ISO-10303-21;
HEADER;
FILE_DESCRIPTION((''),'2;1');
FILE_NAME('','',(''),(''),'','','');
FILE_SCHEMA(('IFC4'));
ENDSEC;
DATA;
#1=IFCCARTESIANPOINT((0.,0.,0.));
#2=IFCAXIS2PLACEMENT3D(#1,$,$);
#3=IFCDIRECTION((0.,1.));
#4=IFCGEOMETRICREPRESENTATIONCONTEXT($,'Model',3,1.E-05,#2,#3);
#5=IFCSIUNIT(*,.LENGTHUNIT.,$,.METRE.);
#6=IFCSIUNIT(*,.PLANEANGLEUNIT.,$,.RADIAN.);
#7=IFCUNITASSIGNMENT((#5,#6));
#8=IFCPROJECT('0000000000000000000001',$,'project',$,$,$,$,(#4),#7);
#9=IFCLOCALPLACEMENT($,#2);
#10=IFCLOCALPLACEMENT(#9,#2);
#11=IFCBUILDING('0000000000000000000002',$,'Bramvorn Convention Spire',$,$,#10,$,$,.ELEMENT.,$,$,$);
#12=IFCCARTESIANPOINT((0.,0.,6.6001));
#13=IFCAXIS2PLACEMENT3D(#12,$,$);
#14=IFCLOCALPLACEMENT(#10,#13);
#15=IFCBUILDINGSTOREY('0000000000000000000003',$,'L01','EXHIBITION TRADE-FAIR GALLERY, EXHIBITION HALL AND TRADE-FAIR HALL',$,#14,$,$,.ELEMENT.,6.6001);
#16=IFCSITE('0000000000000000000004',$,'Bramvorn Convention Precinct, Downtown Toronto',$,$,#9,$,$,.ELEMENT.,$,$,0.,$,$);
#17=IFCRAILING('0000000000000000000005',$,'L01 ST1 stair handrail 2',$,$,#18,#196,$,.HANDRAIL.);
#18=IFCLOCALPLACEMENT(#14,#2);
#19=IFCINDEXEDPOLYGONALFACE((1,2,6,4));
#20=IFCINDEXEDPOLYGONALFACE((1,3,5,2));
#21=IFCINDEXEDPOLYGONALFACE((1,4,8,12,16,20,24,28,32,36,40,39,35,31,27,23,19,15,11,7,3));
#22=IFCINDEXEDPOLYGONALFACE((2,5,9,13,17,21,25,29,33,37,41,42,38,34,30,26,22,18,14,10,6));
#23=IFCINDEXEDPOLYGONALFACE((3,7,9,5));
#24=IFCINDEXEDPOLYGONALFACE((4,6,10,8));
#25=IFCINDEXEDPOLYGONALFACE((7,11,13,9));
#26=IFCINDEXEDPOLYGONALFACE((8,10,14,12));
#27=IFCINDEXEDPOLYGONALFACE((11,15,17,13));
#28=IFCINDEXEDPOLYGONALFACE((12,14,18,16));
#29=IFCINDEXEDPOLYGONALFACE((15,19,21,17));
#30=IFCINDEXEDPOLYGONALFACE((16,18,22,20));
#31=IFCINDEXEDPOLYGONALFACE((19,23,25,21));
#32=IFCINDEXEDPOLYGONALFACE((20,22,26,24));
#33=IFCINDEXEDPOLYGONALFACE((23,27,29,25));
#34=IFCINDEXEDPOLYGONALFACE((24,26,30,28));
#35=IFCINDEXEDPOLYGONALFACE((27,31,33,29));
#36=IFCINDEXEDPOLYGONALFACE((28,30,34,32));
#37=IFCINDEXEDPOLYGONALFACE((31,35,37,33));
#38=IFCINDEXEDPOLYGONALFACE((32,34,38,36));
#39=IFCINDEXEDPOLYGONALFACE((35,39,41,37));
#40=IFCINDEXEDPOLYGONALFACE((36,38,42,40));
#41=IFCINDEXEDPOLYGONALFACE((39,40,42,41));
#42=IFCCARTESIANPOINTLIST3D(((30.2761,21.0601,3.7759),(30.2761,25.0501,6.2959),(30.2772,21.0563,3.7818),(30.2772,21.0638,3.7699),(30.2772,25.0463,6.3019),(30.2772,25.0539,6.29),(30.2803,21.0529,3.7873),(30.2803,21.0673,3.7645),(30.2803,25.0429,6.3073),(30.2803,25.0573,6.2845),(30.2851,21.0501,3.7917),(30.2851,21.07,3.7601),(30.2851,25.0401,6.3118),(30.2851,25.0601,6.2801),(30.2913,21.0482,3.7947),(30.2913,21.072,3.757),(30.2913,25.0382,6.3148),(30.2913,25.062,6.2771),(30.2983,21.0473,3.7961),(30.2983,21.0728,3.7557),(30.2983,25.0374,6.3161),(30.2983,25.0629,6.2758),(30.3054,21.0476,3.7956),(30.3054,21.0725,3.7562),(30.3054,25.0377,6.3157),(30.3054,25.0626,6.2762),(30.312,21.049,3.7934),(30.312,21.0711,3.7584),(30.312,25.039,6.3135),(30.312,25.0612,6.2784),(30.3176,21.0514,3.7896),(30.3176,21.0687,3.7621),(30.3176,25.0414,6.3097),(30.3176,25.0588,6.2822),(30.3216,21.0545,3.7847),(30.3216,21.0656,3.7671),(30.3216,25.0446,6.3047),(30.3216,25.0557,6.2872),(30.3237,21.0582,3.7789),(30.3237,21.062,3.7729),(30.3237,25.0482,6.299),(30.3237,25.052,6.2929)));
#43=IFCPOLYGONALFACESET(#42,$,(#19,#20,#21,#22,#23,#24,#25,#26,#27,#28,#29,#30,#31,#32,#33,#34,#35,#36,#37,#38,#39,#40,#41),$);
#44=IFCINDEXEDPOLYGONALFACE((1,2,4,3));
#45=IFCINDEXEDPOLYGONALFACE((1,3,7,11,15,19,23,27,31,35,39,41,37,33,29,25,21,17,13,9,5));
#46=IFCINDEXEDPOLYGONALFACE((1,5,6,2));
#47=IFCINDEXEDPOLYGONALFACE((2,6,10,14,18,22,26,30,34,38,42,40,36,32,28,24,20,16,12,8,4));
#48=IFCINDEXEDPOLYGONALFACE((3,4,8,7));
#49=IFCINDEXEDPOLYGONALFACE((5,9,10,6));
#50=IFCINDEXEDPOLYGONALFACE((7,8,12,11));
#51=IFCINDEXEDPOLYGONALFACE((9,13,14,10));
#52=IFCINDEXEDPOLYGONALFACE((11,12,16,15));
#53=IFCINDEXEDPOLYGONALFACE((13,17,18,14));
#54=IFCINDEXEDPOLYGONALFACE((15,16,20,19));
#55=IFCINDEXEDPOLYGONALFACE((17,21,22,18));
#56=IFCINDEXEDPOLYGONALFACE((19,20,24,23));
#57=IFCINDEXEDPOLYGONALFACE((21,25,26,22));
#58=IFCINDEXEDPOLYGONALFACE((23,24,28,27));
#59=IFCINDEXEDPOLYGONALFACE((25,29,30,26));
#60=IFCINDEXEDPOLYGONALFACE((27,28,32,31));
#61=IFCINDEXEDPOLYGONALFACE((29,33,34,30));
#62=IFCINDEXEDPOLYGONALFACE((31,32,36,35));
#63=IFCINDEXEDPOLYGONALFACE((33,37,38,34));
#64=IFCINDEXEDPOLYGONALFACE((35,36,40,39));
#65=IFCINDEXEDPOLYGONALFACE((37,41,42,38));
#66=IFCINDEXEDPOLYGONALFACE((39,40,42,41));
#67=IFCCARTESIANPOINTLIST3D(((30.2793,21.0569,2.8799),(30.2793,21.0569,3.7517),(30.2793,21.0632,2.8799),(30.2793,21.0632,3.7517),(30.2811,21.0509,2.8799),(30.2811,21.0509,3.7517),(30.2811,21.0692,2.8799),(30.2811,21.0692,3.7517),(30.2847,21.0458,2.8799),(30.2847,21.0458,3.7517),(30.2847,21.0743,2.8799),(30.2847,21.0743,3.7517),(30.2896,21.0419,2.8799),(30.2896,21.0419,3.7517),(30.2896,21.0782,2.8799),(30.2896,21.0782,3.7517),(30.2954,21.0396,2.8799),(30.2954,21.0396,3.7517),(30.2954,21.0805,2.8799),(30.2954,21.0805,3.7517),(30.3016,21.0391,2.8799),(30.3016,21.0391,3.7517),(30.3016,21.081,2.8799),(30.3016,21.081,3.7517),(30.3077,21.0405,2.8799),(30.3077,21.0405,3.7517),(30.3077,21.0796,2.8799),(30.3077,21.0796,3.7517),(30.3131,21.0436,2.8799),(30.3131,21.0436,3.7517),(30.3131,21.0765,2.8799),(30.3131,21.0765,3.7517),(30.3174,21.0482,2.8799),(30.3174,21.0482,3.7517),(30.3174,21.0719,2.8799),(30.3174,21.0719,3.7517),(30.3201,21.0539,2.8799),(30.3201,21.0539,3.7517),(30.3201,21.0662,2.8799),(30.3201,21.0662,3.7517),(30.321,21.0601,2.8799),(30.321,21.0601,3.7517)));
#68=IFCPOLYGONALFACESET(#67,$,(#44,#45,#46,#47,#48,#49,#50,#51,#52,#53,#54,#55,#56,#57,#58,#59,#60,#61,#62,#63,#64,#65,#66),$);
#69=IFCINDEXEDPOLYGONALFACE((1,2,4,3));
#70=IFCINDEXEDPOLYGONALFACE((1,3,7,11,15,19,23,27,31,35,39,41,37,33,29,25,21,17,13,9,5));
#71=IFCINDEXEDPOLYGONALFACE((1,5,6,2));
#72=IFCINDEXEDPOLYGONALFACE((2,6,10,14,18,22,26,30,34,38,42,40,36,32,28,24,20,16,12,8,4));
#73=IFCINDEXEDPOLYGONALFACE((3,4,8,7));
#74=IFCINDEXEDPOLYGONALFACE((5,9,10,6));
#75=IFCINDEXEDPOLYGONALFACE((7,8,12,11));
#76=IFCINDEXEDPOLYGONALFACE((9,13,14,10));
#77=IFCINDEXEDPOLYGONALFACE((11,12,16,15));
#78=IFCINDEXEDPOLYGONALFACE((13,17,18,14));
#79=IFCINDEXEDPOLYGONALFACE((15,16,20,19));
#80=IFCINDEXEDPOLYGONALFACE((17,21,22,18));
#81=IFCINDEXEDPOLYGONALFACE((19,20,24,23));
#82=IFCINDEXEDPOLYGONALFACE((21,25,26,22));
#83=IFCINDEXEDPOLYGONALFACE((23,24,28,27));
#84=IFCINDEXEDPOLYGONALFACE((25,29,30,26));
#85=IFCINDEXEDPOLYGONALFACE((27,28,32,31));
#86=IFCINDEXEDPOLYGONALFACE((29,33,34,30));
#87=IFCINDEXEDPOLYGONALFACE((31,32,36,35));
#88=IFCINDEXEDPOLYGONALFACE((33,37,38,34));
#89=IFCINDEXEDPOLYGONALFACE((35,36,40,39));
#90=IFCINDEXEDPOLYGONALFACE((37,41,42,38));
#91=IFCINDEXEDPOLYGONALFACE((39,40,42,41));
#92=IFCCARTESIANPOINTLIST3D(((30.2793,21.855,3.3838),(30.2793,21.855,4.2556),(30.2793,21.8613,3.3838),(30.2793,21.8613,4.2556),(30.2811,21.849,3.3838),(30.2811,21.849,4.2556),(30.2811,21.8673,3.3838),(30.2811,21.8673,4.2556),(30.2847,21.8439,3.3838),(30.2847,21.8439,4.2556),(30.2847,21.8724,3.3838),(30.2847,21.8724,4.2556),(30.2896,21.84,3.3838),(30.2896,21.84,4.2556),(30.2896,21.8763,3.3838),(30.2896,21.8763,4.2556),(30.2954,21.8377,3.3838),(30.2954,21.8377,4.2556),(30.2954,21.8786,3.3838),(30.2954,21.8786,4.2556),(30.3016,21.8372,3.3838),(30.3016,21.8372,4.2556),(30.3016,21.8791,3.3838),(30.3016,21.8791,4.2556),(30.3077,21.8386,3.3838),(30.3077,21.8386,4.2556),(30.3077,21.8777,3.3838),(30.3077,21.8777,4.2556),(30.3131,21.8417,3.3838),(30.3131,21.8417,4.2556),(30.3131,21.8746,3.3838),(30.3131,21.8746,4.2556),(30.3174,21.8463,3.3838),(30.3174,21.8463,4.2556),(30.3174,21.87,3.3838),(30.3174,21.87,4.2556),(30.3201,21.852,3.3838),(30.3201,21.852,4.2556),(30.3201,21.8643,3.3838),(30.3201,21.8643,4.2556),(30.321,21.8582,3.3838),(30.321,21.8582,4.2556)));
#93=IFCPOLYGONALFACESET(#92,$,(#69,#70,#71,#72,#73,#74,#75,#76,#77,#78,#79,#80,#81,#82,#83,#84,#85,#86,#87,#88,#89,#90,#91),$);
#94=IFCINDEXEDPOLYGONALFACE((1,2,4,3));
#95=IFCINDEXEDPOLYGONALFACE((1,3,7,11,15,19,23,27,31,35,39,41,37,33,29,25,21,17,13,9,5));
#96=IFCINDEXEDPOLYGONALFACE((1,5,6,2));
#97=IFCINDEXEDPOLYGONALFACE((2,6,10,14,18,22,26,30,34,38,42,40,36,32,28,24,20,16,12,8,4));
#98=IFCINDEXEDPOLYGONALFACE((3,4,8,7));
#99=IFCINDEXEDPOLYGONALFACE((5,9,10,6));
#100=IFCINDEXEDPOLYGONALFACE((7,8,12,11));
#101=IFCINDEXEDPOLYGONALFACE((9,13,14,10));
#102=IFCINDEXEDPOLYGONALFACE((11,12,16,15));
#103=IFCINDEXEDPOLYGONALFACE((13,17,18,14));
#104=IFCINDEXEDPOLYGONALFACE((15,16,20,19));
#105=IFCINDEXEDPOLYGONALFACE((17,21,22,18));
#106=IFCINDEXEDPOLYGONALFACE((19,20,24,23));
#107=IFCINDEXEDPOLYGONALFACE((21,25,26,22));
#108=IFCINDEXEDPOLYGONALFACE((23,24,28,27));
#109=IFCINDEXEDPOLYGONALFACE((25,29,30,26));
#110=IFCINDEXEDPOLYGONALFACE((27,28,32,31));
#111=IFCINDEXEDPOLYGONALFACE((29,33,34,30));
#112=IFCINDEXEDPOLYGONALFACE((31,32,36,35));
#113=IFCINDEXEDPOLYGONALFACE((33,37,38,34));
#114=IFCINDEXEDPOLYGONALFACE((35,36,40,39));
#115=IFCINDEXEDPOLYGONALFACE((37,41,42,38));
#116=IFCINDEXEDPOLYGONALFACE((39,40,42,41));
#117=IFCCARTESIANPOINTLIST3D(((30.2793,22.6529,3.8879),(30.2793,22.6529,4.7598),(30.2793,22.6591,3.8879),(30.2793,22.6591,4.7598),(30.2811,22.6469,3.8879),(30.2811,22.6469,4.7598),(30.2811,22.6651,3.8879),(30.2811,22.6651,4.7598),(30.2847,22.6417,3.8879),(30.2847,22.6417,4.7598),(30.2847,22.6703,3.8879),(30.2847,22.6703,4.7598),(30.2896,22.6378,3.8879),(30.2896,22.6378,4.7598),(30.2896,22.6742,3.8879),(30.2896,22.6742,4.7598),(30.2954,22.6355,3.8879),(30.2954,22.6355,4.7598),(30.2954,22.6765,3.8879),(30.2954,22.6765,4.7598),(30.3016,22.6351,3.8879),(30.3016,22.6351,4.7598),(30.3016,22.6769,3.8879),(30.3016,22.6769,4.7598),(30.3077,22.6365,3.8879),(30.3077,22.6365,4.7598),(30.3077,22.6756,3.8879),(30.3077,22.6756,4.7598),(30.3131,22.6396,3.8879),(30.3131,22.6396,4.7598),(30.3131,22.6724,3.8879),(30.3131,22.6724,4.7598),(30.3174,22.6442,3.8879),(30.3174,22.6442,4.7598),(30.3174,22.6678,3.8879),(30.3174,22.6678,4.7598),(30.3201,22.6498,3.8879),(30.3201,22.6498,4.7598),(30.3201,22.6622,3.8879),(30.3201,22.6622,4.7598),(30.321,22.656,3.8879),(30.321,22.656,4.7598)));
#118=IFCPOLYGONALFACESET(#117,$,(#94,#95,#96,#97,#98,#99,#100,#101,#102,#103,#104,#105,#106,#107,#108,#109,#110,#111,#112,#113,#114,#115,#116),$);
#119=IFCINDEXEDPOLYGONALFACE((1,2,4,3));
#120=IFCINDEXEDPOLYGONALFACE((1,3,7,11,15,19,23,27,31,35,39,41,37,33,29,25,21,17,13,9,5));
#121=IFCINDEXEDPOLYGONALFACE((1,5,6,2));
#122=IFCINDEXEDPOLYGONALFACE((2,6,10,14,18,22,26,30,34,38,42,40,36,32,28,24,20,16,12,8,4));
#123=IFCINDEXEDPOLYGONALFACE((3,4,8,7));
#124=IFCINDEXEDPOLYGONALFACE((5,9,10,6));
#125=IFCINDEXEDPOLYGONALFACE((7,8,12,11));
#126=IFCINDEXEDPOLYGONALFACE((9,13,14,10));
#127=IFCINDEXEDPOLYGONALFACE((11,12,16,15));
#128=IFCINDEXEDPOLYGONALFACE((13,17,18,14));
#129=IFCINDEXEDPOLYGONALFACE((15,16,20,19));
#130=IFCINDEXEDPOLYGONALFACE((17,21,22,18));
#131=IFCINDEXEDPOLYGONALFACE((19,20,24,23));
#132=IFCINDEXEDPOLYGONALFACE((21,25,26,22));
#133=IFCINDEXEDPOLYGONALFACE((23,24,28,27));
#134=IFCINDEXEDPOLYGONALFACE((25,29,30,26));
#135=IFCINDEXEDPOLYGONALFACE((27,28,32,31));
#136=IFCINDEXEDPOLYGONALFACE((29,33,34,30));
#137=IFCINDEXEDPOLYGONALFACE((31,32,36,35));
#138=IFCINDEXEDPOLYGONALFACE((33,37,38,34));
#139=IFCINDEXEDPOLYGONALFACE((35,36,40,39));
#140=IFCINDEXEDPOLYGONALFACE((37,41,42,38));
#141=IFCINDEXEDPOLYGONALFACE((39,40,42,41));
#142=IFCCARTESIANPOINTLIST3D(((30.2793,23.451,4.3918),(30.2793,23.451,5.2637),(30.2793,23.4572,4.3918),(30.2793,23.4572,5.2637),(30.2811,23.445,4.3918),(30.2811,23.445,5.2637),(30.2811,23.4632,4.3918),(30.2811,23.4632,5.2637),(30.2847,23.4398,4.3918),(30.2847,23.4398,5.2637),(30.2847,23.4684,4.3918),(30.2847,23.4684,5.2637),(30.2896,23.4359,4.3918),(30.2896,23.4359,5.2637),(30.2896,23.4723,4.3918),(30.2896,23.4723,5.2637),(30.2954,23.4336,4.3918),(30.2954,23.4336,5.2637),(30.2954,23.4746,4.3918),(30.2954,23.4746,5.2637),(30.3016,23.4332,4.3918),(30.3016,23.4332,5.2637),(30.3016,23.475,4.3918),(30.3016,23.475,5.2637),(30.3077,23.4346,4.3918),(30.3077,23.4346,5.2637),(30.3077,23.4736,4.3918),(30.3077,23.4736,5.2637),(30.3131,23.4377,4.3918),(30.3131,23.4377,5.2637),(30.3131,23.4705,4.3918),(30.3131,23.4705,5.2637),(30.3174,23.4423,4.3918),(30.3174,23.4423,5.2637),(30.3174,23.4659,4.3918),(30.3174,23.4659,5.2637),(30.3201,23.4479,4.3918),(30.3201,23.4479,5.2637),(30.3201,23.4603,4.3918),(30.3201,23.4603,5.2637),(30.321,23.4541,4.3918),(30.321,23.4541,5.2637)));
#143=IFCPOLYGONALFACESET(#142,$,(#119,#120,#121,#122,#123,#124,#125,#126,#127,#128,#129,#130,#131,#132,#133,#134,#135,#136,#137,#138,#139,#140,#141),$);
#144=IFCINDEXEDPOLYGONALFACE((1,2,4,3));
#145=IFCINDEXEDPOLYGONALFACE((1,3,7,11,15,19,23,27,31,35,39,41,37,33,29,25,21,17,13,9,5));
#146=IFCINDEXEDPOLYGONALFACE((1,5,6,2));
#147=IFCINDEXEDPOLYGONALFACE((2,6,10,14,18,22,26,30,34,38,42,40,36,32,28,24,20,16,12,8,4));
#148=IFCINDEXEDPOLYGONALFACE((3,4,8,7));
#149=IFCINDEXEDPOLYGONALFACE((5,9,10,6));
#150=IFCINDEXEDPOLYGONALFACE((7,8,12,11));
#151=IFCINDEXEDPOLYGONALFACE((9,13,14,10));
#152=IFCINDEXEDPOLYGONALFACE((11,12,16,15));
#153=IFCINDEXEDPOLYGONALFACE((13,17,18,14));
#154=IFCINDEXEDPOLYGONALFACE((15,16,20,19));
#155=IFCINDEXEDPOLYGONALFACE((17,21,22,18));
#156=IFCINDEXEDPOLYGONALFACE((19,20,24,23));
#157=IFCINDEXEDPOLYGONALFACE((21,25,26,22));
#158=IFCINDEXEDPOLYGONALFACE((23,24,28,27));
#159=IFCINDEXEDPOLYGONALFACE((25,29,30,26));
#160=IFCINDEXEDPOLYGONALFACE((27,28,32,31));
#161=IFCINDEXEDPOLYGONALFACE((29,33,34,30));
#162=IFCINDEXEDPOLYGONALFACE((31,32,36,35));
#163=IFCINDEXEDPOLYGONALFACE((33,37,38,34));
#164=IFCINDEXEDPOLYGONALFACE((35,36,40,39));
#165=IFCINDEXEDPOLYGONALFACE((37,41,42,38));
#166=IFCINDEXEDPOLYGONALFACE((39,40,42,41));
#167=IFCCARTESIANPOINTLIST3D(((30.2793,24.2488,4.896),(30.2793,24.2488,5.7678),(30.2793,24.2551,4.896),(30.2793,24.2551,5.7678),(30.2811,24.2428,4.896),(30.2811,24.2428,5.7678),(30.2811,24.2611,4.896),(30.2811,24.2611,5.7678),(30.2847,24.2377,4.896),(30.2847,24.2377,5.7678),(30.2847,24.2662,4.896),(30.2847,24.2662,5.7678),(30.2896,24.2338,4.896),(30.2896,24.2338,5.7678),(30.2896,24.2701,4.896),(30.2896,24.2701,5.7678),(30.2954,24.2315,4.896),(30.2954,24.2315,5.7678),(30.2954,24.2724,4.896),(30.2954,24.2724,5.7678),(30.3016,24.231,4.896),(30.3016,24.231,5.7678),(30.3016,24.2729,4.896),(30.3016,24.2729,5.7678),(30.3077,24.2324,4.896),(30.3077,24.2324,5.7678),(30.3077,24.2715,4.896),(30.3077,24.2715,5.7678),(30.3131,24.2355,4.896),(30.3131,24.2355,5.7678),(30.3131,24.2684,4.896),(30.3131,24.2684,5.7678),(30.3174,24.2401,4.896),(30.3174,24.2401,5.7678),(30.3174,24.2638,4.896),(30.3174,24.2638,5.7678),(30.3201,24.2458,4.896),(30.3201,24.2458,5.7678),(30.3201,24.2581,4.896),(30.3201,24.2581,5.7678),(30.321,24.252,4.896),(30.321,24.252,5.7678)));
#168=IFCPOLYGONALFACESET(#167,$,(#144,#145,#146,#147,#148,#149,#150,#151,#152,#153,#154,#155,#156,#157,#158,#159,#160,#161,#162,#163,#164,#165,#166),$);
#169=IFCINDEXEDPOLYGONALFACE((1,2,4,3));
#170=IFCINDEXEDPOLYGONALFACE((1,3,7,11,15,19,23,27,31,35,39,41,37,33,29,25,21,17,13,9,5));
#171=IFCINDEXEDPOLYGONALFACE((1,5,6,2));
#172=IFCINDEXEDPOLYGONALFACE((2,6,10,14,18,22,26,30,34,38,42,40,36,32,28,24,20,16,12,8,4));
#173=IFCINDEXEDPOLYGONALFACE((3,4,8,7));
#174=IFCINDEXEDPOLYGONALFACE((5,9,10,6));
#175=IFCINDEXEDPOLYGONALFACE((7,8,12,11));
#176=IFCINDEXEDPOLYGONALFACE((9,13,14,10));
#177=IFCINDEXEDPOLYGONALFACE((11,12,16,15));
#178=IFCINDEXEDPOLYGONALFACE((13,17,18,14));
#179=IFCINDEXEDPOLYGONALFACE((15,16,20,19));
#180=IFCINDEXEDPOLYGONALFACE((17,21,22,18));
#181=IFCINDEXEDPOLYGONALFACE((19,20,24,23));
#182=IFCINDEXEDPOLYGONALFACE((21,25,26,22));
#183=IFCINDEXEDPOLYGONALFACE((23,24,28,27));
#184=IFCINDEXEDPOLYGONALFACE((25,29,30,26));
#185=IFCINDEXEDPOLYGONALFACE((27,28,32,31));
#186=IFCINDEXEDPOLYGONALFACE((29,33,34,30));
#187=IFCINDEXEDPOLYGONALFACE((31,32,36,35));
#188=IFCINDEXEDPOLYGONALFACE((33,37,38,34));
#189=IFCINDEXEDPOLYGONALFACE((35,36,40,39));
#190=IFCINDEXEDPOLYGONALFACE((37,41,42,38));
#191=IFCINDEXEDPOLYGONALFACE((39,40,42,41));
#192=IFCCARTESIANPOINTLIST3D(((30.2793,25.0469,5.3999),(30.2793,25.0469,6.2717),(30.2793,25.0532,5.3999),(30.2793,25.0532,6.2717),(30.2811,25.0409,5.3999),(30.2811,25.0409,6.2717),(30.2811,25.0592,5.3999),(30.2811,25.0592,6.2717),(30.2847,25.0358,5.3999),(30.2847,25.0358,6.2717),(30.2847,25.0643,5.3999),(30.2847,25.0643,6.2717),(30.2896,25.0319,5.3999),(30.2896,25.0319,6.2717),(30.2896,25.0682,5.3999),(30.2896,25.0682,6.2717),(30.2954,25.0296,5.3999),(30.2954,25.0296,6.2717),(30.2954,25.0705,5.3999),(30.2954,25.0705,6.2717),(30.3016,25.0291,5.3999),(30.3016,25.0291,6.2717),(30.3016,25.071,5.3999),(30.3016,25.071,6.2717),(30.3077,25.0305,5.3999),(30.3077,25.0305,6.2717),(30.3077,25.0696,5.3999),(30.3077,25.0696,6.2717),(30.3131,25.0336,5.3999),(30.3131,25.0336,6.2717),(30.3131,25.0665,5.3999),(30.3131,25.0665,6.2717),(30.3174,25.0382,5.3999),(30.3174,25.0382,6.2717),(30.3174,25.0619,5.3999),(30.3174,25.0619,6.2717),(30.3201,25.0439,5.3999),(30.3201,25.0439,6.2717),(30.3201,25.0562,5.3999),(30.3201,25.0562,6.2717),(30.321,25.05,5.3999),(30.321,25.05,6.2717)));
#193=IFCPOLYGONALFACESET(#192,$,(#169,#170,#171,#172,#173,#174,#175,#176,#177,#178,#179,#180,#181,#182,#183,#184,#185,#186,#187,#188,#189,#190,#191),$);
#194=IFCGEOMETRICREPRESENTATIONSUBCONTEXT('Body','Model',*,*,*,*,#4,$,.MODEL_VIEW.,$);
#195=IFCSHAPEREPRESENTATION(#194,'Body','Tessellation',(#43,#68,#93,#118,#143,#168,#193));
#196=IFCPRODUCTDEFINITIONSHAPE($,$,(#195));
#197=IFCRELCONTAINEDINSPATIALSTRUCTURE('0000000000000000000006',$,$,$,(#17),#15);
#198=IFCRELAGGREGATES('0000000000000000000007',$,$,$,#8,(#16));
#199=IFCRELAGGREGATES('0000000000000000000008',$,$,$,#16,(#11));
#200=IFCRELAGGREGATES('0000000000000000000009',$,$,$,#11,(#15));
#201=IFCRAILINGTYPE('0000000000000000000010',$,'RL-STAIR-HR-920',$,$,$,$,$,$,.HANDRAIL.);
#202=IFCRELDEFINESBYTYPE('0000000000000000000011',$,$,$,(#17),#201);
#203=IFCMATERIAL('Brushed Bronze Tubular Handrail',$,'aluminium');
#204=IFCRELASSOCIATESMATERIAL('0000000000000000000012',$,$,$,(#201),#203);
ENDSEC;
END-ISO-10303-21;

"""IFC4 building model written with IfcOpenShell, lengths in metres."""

from ifc_helpers import new_model, si_unit, direction, frame, origin, origin_2d, place, context, subcontext, project, spatial, circle, extrude, material, type_object, element, save


model = new_model("IFC4")

# Units and contexts
model_context = context("Model", 3, precision=1e-05, world=origin(), true_north=direction((0.0, 1.0)))
body_context = subcontext(model_context, "Body", "Model", "MODEL_VIEW")
ifc_project = project(units=[si_unit("LENGTHUNIT", "METRE"), si_unit("PLANEANGLEUNIT", "RADIAN")], contexts=[model_context])

# Site, building, storey
site_placement = place(None, origin())
site = spatial("IfcSite", under=ifc_project, at=site_placement, Name="Bramvorn Convention Precinct, Downtown Toronto", CompositionType="ELEMENT", RefElevation=0.0)
building_placement = place(site_placement, origin())
building = spatial("IfcBuilding", under=site, at=building_placement, Name="Bramvorn Convention Spire", CompositionType="ELEMENT")
storey_placement = place(building_placement, frame((0.0, 0.0, 6.6001)))
storey = spatial("IfcBuildingStorey", under=building, at=storey_placement, Name="L01", Description="EXHIBITION TRADE-FAIR GALLERY, EXHIBITION HALL AND TRADE-FAIR HALL", CompositionType="ELEMENT", Elevation=6.6001)

# Railing
ifc_material_1 = material(Name="Brushed Bronze Tubular Handrail", Category="aluminium")
railing_type_1 = type_object("IfcRailingType", Name="RL-STAIR-HR-920", PredefinedType="HANDRAIL", material=ifc_material_1)
railing_1_placement = place(storey_placement, frame((30.3, 21.0601, 2.8799)))
element("IfcRailing", 1, at=railing_1_placement, inside=storey, type_object=railing_type_1, Name="L01 ST1 stair handrail 2", PredefinedType="HANDRAIL", context=body_context, shape_type="SweptSolid", body=[
    extrude(circle(Radius=0.0239, at=origin_2d()), frame((0.0, 0.0, 0.896), z_axis=(0.0, 0.845486, 0.533997), x_axis=(-1.0, 0.0, 0.0)), (0.0, 0.0, 1.0), 4.7192),
    extrude(circle(Radius=0.021, at=origin_2d()), origin(), (0.0, 0.0, 1.0), 0.8718),
    extrude(circle(Radius=0.021, at=origin_2d()), frame((0.0, 0.7981, 0.5039)), (0.0, 0.0, 1.0), 0.8718),
    extrude(circle(Radius=0.021, at=origin_2d()), frame((0.0, 1.5959, 1.0081)), (0.0, 0.0, 1.0), 0.8718),
    extrude(circle(Radius=0.021, at=origin_2d()), frame((0.0, 2.394, 1.512)), (0.0, 0.0, 1.0), 0.8718),
    extrude(circle(Radius=0.021, at=origin_2d()), frame((0.0, 3.1919, 2.0161)), (0.0, 0.0, 1.0), 0.8718),
    extrude(circle(Radius=0.021, at=origin_2d()), frame((0.0, 3.99, 2.52)), (0.0, 0.0, 1.0), 0.8718),
])

save(model, "model.ifc")
